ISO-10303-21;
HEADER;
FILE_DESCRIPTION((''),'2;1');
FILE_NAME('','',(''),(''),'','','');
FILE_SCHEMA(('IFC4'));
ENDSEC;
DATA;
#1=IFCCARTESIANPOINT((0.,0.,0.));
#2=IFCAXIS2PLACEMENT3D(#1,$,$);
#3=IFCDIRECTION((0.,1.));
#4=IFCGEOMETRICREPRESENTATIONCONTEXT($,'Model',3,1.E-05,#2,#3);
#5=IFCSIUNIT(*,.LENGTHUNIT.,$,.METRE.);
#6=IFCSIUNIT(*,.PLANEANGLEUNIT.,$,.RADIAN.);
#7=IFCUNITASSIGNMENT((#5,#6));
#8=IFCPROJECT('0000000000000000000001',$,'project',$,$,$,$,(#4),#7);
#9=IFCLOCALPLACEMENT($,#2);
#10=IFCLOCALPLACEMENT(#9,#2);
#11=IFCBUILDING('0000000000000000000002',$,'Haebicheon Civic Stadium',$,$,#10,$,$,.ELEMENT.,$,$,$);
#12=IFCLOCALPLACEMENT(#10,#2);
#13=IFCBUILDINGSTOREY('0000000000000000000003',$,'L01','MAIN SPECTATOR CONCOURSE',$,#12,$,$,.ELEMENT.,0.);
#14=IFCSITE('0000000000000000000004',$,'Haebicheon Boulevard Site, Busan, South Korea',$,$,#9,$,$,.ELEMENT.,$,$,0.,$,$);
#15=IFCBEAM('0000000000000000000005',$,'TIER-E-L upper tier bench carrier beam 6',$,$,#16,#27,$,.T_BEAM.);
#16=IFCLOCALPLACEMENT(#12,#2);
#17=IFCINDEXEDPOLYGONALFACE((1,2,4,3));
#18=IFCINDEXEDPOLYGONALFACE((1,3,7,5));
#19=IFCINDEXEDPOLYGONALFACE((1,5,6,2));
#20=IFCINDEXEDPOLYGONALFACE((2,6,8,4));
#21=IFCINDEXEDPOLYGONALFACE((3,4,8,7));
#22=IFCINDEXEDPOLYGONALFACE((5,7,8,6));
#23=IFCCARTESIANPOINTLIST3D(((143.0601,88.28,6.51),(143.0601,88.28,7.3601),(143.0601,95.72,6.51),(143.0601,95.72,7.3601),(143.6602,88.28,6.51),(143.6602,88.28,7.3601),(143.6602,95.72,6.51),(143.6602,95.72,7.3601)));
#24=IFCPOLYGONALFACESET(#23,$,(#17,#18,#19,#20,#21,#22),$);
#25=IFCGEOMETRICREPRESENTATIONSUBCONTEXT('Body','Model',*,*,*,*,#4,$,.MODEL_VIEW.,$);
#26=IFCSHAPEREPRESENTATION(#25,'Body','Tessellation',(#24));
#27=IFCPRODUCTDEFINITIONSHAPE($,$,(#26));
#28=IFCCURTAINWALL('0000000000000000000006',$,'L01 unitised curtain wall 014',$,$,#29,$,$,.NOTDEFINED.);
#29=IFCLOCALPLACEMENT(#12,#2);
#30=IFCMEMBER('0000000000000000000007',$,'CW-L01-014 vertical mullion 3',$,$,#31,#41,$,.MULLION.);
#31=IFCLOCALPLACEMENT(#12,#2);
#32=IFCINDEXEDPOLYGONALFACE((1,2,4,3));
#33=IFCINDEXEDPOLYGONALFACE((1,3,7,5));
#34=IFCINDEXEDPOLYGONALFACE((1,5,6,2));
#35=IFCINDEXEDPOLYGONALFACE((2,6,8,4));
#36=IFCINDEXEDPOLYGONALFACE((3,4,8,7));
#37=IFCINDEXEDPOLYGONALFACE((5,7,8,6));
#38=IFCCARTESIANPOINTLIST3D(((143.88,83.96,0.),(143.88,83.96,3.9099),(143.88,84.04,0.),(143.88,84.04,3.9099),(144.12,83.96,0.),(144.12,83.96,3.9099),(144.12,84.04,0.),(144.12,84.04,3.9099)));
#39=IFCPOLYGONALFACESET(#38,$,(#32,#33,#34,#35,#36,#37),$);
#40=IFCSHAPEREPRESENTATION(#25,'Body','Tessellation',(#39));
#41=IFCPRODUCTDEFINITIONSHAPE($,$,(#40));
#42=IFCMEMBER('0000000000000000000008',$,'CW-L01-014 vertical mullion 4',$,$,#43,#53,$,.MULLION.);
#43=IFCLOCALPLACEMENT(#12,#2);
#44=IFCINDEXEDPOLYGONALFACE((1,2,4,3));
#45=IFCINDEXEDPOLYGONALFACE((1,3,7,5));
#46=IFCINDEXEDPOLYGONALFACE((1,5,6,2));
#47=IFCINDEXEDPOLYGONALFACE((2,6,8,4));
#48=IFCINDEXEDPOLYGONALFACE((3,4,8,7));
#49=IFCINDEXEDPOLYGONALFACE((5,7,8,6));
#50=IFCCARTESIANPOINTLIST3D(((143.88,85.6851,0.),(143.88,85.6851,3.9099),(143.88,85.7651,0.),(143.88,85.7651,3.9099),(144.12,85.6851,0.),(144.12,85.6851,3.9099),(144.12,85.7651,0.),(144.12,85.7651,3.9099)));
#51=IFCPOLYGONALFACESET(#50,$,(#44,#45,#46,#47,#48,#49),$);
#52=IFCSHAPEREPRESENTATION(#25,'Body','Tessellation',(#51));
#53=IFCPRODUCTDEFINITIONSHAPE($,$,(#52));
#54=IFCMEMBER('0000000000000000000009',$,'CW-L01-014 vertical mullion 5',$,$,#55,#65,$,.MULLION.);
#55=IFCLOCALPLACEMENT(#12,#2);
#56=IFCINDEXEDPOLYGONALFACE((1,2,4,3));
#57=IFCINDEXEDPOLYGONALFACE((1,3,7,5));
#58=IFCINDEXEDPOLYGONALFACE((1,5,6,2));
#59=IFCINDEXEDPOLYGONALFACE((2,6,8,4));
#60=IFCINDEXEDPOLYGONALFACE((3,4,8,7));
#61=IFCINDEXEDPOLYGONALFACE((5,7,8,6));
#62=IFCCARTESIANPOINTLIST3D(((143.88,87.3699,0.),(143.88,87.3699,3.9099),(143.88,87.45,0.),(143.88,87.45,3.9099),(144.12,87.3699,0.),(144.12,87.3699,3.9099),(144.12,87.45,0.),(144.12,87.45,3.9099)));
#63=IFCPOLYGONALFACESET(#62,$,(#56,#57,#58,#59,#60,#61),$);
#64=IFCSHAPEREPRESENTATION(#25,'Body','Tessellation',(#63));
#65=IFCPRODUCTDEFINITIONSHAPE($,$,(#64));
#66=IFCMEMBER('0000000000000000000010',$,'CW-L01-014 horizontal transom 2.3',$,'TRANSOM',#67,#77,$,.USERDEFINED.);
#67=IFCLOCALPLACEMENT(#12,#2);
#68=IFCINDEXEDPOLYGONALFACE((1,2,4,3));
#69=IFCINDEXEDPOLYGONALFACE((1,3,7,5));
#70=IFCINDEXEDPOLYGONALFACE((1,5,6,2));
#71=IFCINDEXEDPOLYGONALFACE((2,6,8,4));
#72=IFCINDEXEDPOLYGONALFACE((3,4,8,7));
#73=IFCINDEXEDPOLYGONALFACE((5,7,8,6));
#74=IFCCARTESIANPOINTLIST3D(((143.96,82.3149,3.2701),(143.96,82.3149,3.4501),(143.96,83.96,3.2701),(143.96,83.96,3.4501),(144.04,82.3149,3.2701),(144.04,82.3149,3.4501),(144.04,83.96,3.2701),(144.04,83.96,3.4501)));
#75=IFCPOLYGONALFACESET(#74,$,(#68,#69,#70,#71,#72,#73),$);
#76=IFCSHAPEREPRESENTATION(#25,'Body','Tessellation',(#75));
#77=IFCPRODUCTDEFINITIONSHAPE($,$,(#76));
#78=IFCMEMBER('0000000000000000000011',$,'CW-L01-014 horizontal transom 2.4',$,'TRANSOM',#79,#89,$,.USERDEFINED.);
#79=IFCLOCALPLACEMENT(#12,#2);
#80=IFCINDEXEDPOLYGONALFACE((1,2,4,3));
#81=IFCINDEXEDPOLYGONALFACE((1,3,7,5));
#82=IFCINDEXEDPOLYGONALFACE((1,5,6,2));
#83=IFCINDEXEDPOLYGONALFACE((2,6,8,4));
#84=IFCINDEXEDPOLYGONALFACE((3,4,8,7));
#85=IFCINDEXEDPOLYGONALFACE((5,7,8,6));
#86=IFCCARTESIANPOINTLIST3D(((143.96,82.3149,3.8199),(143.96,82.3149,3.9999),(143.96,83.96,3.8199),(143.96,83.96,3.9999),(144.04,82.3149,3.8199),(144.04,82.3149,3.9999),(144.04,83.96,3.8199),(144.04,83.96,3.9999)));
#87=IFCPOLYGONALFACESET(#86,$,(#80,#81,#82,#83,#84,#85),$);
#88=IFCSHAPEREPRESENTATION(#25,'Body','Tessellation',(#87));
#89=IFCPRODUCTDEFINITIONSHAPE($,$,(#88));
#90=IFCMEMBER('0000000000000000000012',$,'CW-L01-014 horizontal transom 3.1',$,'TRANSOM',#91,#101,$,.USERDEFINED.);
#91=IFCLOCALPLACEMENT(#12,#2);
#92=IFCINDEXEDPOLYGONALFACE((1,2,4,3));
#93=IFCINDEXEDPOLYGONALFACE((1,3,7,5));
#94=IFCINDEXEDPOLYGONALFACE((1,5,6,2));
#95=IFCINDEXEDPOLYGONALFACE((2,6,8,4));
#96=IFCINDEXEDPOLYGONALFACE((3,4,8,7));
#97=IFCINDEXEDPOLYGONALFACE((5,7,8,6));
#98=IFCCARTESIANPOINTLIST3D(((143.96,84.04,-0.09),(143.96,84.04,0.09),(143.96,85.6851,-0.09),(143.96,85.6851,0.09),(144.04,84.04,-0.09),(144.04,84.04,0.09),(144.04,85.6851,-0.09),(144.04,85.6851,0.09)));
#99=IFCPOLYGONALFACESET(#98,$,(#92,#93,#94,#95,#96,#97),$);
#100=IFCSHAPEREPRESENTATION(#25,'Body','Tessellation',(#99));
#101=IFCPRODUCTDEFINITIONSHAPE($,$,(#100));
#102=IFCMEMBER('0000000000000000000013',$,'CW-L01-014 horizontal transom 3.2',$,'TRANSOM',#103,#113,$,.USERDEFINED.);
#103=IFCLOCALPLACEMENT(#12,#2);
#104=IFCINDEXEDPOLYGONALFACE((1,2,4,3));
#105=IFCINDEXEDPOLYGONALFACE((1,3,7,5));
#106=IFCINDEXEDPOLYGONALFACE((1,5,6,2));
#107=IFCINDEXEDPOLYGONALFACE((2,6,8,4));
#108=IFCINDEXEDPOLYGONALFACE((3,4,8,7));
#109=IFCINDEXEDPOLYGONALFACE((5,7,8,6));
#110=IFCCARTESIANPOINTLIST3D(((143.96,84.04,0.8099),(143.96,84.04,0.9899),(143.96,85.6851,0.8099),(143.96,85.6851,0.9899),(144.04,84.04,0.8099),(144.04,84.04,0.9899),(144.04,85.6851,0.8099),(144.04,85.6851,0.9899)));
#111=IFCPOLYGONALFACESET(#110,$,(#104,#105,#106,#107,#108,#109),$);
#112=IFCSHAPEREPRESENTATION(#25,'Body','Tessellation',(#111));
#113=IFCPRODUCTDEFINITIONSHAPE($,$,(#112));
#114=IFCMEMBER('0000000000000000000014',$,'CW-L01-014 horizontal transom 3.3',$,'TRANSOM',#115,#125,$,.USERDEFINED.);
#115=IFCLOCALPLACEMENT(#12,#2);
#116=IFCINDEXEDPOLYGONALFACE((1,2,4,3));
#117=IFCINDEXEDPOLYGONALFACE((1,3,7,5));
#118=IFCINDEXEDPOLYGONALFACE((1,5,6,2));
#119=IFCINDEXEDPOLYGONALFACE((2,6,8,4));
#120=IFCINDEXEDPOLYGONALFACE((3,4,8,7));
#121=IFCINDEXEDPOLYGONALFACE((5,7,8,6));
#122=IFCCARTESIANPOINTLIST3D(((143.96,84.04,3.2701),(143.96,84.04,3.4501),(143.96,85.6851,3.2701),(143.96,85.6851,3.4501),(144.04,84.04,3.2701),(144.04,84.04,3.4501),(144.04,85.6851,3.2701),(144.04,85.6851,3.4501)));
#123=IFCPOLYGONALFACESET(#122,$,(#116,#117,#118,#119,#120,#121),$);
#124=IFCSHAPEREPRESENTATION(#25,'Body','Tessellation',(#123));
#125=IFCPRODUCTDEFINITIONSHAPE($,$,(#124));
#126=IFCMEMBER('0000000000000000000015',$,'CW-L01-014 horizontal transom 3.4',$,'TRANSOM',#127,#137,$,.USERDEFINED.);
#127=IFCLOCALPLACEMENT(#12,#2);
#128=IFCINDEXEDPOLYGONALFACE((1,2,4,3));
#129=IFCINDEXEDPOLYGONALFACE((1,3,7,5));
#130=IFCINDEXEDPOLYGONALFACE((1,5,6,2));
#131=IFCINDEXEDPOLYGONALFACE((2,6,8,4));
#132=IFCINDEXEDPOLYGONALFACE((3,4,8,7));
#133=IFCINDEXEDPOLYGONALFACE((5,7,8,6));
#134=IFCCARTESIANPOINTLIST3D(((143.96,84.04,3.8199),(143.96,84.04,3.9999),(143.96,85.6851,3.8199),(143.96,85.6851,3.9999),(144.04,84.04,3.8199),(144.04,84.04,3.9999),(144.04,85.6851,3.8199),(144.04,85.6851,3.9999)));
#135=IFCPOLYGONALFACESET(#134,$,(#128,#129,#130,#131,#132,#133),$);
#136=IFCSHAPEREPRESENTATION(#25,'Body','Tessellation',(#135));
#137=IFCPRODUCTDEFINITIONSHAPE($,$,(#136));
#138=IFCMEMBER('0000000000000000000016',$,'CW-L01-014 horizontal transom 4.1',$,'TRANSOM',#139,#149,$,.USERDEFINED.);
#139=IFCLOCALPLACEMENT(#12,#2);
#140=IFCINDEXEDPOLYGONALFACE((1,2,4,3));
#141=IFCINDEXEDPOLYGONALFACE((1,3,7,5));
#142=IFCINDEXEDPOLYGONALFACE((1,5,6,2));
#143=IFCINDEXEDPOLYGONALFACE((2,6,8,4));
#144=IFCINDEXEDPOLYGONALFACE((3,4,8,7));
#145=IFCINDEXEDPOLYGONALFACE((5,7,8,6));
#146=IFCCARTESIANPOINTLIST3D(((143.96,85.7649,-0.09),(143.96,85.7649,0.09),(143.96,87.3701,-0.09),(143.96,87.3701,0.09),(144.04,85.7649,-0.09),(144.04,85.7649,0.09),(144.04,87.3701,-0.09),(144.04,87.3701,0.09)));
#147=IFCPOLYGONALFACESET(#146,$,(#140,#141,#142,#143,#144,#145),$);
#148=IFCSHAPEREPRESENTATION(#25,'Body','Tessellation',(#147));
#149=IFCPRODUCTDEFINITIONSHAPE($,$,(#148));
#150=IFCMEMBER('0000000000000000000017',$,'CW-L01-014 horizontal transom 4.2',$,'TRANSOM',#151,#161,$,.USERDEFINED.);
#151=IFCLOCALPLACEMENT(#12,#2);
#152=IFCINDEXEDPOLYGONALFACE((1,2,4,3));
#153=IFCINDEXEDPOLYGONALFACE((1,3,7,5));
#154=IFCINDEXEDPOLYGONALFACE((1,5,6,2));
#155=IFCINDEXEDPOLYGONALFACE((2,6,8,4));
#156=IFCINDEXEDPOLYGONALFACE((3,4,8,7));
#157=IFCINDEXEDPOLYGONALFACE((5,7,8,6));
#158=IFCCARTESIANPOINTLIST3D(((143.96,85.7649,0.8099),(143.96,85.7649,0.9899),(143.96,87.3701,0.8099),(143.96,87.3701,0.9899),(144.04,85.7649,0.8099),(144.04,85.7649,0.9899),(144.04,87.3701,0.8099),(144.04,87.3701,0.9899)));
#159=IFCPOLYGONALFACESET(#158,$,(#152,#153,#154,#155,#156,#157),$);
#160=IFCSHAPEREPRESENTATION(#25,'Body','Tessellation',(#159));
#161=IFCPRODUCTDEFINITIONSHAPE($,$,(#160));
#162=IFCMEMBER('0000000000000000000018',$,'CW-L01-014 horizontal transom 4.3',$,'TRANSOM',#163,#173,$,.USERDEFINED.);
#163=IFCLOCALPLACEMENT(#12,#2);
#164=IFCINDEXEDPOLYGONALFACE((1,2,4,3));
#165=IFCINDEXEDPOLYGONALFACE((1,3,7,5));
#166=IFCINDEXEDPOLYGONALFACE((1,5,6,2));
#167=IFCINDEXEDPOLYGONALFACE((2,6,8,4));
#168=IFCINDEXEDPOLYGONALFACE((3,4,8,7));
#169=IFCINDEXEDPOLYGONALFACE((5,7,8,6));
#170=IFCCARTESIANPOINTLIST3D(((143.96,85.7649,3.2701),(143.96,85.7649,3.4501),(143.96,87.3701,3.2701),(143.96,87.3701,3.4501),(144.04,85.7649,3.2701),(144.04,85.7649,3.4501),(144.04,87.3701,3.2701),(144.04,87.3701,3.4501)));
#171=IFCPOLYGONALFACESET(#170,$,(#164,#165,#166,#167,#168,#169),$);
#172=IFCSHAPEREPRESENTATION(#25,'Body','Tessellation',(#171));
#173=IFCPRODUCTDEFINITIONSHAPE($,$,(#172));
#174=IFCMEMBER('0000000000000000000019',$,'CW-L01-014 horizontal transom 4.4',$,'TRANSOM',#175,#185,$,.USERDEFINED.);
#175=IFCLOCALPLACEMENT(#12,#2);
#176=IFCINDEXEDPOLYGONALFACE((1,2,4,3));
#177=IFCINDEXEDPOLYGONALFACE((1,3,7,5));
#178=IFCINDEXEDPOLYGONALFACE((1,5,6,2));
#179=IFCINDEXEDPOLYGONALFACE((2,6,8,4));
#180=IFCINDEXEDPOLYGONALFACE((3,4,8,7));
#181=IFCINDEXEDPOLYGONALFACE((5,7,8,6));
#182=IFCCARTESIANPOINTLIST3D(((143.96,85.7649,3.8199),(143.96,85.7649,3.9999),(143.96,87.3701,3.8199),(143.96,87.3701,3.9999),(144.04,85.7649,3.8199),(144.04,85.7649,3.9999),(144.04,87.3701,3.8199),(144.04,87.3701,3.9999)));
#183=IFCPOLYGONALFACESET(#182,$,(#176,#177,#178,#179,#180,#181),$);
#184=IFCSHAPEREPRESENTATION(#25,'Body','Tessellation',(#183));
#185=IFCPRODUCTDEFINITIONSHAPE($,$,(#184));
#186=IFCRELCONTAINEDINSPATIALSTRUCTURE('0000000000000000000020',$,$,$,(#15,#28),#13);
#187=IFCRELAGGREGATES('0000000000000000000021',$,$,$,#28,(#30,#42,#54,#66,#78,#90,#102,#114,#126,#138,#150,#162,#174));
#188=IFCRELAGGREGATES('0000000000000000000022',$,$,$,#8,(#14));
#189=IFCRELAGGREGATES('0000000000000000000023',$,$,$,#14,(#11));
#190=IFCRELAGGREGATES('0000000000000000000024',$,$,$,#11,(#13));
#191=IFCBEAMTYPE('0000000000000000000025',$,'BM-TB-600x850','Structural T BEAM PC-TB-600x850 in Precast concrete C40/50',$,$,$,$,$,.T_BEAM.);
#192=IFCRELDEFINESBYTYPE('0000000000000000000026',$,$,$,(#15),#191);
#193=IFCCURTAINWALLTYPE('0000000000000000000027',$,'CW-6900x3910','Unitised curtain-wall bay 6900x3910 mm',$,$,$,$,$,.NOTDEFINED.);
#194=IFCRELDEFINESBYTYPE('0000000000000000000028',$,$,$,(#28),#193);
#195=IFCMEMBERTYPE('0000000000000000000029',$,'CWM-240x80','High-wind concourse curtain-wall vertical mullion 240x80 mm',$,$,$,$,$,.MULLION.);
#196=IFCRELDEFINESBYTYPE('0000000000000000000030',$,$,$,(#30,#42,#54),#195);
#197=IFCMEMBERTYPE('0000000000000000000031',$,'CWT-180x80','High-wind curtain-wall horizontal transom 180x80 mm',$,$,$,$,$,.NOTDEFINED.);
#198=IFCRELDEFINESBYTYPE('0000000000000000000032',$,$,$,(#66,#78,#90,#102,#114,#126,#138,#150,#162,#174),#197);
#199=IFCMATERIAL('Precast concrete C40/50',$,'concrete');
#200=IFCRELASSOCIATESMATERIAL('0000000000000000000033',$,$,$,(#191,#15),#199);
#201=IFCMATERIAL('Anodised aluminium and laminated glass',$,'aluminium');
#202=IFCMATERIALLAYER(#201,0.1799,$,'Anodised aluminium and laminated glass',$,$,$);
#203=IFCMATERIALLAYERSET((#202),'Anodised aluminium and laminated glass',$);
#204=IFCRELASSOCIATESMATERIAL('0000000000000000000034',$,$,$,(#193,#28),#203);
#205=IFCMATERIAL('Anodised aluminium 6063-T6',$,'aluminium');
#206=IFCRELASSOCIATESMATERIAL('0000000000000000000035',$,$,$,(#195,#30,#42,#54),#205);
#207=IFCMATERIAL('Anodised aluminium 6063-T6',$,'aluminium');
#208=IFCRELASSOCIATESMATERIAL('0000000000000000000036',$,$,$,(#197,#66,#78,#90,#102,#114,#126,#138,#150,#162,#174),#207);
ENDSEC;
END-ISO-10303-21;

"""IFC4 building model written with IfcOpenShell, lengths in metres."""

from ifc_helpers import new_model, si_unit, direction, frame, origin, origin_2d, place, context, subcontext, project, spatial, rectangle, extrude, material, layer, layer_set, material_profile, profile_set, type_object, element, aggregate, save


model = new_model("IFC4")

# Units and contexts
model_context = context("Model", 3, precision=1e-05, world=origin(), true_north=direction((0.0, 1.0)))
body_context = subcontext(model_context, "Body", "Model", "MODEL_VIEW")
ifc_project = project(units=[si_unit("LENGTHUNIT", "METRE"), si_unit("PLANEANGLEUNIT", "RADIAN")], contexts=[model_context])

# Site, building, storey
site_placement = place(None, origin())
site = spatial("IfcSite", under=ifc_project, at=site_placement, Name="Haebicheon Boulevard Site, Busan, South Korea", CompositionType="ELEMENT", RefElevation=0.0)
building_placement = place(site_placement, origin())
building = spatial("IfcBuilding", under=site, at=building_placement, Name="Haebicheon Civic Stadium", CompositionType="ELEMENT")
storey_placement = place(building_placement, origin())
storey = spatial("IfcBuildingStorey", under=building, at=storey_placement, Name="L01", Description="MAIN SPECTATOR CONCOURSE", CompositionType="ELEMENT", Elevation=0.0)

# Beam
ifc_material_1 = material(Name="Precast concrete C40/50", Category="concrete")
ifc_material_profile_1 = material_profile(ifc_material_1, rectangle(XDim=0.6001, YDim=0.8501, at=origin_2d()), Name="PC-TB-600x850")
ifc_profile_set_1 = profile_set([ifc_material_profile_1], Name="Precast concrete C40/50")
beam_type_1 = type_object("IfcBeamType", Name="BM-TB-600x850", Description="Structural T BEAM PC-TB-600x850 in Precast concrete C40/50", PredefinedType="T_BEAM", material=ifc_profile_set_1)
beam_1_placement = place(storey_placement, frame((143.3601, 88.28, 6.9351), z_axis=(0.0, 1.0, 0.0), x_axis=(-1.0, 0.0, 0.0)))
element("IfcBeam", 1, at=beam_1_placement, inside=storey, type_object=beam_type_1, material=ifc_profile_set_1, Name="TIER-E-L upper tier bench carrier beam 6", PredefinedType="T_BEAM", context=body_context, shape_type="SweptSolid", body=[
    extrude(rectangle(XDim=0.6001, YDim=0.8501, at=origin_2d()), origin(), (0.0, 0.0, 1.0), 7.4399),
])

# Curtain wall, members
ifc_material_2 = material(Name="Anodised aluminium and laminated glass", Category="aluminium")
ifc_layer_1 = layer(ifc_material_2, 0.1799, Name="Anodised aluminium and laminated glass")
ifc_layer_set_1 = layer_set([ifc_layer_1], Name="Anodised aluminium and laminated glass")
curtain_wall_type = type_object("IfcCurtainWallType", Name="CW-6900x3910", Description="Unitised curtain-wall bay 6900x3910 mm", PredefinedType="NOTDEFINED", material=ifc_layer_set_1)
curtain_wall_placement = place(storey_placement, origin())
curtain_wall = element("IfcCurtainWall", 2, at=curtain_wall_placement, inside=storey, type_object=curtain_wall_type, material=ifc_layer_set_1, Name="L01 unitised curtain wall 014", PredefinedType="NOTDEFINED")
ifc_material_3 = material(Name="Anodised aluminium 6063-T6", Category="aluminium")
ifc_material_profile_2 = material_profile(ifc_material_3, rectangle(XDim=0.0801, YDim=0.24, at=origin_2d()), Name="ALU-MULL-80x240")
ifc_profile_set_2 = profile_set([ifc_material_profile_2], Name="Anodised aluminium 6063-T6")
member_type_1 = type_object("IfcMemberType", Name="CWM-240x80", Description="High-wind concourse curtain-wall vertical mullion 240x80 mm", PredefinedType="MULLION", material=ifc_profile_set_2)
member_1_placement = place(storey_placement, frame((144.0, 84.0, 0.0), z_axis=(0.0, 0.0, 1.0), x_axis=(0.0, 1.0, 0.0)))
member_1 = element("IfcMember", 3, at=member_1_placement, type_object=member_type_1, material=ifc_profile_set_2, Name="CW-L01-014 vertical mullion 3", PredefinedType="MULLION", context=body_context, shape_type="SweptSolid", body=[
    extrude(rectangle(XDim=0.0801, YDim=0.24, at=origin_2d()), origin(), (0.0, 0.0, 1.0), 3.9099),
])
member_2_placement = place(storey_placement, frame((144.0, 85.7251, 0.0), z_axis=(0.0, 0.0, 1.0), x_axis=(0.0, 1.0, 0.0)))
member_2 = element("IfcMember", 4, at=member_2_placement, type_object=member_type_1, material=ifc_profile_set_2, Name="CW-L01-014 vertical mullion 4", PredefinedType="MULLION", context=body_context, shape_type="SweptSolid", body=[
    extrude(rectangle(XDim=0.0801, YDim=0.24, at=origin_2d()), origin(), (0.0, 0.0, 1.0), 3.9099),
])
member_3_placement = place(storey_placement, frame((144.0, 87.4099, 0.0), z_axis=(0.0, 0.0, 1.0), x_axis=(0.0, 1.0, 0.0)))
member_3 = element("IfcMember", 5, at=member_3_placement, type_object=member_type_1, material=ifc_profile_set_2, Name="CW-L01-014 vertical mullion 5", PredefinedType="MULLION", context=body_context, shape_type="SweptSolid", body=[
    extrude(rectangle(XDim=0.0801, YDim=0.24, at=origin_2d()), origin(), (0.0, 0.0, 1.0), 3.9099),
])
ifc_material_4 = material(Name="Anodised aluminium 6063-T6", Category="aluminium")
ifc_material_profile_3 = material_profile(ifc_material_4, rectangle(XDim=0.0801, YDim=0.1799, at=origin_2d()), Name="ALU-TRAN-80x180")
ifc_profile_set_3 = profile_set([ifc_material_profile_3], Name="Anodised aluminium 6063-T6")
member_type_2 = type_object("IfcMemberType", Name="CWT-180x80", Description="High-wind curtain-wall horizontal transom 180x80 mm", PredefinedType="NOTDEFINED", material=ifc_profile_set_3)
member_4_placement = place(storey_placement, frame((144.0, 82.3149, 3.3601), z_axis=(0.0, 1.0, 0.0), x_axis=(-1.0, 0.0, 0.0)))
member_4 = element("IfcMember", 6, at=member_4_placement, type_object=member_type_2, material=ifc_profile_set_3, Name="CW-L01-014 horizontal transom 2.3", ObjectType="TRANSOM", PredefinedType="USERDEFINED", context=body_context, shape_type="SweptSolid", body=[
    extrude(rectangle(XDim=0.0801, YDim=0.1799, at=origin_2d()), origin(), (0.0, 0.0, 1.0), 1.645),
])
member_5_placement = place(storey_placement, frame((144.0, 82.3149, 3.9099), z_axis=(0.0, 1.0, 0.0), x_axis=(-1.0, 0.0, 0.0)))
member_5 = element("IfcMember", 7, at=member_5_placement, type_object=member_type_2, material=ifc_profile_set_3, Name="CW-L01-014 horizontal transom 2.4", ObjectType="TRANSOM", PredefinedType="USERDEFINED", context=body_context, shape_type="SweptSolid", body=[
    extrude(rectangle(XDim=0.0801, YDim=0.1799, at=origin_2d()), origin(), (0.0, 0.0, 1.0), 1.645),
])
member_6_placement = place(storey_placement, frame((144.0, 84.04, 0.0), z_axis=(0.0, 1.0, 0.0), x_axis=(-1.0, 0.0, 0.0)))
member_6 = element("IfcMember", 8, at=member_6_placement, type_object=member_type_2, material=ifc_profile_set_3, Name="CW-L01-014 horizontal transom 3.1", ObjectType="TRANSOM", PredefinedType="USERDEFINED", context=body_context, shape_type="SweptSolid", body=[
    extrude(rectangle(XDim=0.0801, YDim=0.1799, at=origin_2d()), origin(), (0.0, 0.0, 1.0), 1.645),
])
member_7_placement = place(storey_placement, frame((144.0, 84.04, 0.8999), z_axis=(0.0, 1.0, 0.0), x_axis=(-1.0, 0.0, 0.0)))
member_7 = element("IfcMember", 9, at=member_7_placement, type_object=member_type_2, material=ifc_profile_set_3, Name="CW-L01-014 horizontal transom 3.2", ObjectType="TRANSOM", PredefinedType="USERDEFINED", context=body_context, shape_type="SweptSolid", body=[
    extrude(rectangle(XDim=0.0801, YDim=0.1799, at=origin_2d()), origin(), (0.0, 0.0, 1.0), 1.645),
])
member_8_placement = place(storey_placement, frame((144.0, 84.04, 3.3601), z_axis=(0.0, 1.0, 0.0), x_axis=(-1.0, 0.0, 0.0)))
member_8 = element("IfcMember", 10, at=member_8_placement, type_object=member_type_2, material=ifc_profile_set_3, Name="CW-L01-014 horizontal transom 3.3", ObjectType="TRANSOM", PredefinedType="USERDEFINED", context=body_context, shape_type="SweptSolid", body=[
    extrude(rectangle(XDim=0.0801, YDim=0.1799, at=origin_2d()), origin(), (0.0, 0.0, 1.0), 1.645),
])
member_9_placement = place(storey_placement, frame((144.0, 84.04, 3.9099), z_axis=(0.0, 1.0, 0.0), x_axis=(-1.0, 0.0, 0.0)))
member_9 = element("IfcMember", 11, at=member_9_placement, type_object=member_type_2, material=ifc_profile_set_3, Name="CW-L01-014 horizontal transom 3.4", ObjectType="TRANSOM", PredefinedType="USERDEFINED", context=body_context, shape_type="SweptSolid", body=[
    extrude(rectangle(XDim=0.0801, YDim=0.1799, at=origin_2d()), origin(), (0.0, 0.0, 1.0), 1.645),
])
member_10_placement = place(storey_placement, frame((144.0, 85.7649, 0.0), z_axis=(0.0, 1.0, 0.0), x_axis=(-1.0, 0.0, 0.0)))
member_10 = element("IfcMember", 12, at=member_10_placement, type_object=member_type_2, material=ifc_profile_set_3, Name="CW-L01-014 horizontal transom 4.1", ObjectType="TRANSOM", PredefinedType="USERDEFINED", context=body_context, shape_type="SweptSolid", body=[
    extrude(rectangle(XDim=0.0801, YDim=0.1799, at=origin_2d()), origin(), (0.0, 0.0, 1.0), 1.6052),
])
member_11_placement = place(storey_placement, frame((144.0, 85.7649, 0.8999), z_axis=(0.0, 1.0, 0.0), x_axis=(-1.0, 0.0, 0.0)))
member_11 = element("IfcMember", 13, at=member_11_placement, type_object=member_type_2, material=ifc_profile_set_3, Name="CW-L01-014 horizontal transom 4.2", ObjectType="TRANSOM", PredefinedType="USERDEFINED", context=body_context, shape_type="SweptSolid", body=[
    extrude(rectangle(XDim=0.0801, YDim=0.1799, at=origin_2d()), origin(), (0.0, 0.0, 1.0), 1.6052),
])
member_12_placement = place(storey_placement, frame((144.0, 85.7649, 3.3601), z_axis=(0.0, 1.0, 0.0), x_axis=(-1.0, 0.0, 0.0)))
member_12 = element("IfcMember", 14, at=member_12_placement, type_object=member_type_2, material=ifc_profile_set_3, Name="CW-L01-014 horizontal transom 4.3", ObjectType="TRANSOM", PredefinedType="USERDEFINED", context=body_context, shape_type="SweptSolid", body=[
    extrude(rectangle(XDim=0.0801, YDim=0.1799, at=origin_2d()), origin(), (0.0, 0.0, 1.0), 1.6052),
])
member_13_placement = place(storey_placement, frame((144.0, 85.7649, 3.9099), z_axis=(0.0, 1.0, 0.0), x_axis=(-1.0, 0.0, 0.0)))
member_13 = element("IfcMember", 15, at=member_13_placement, type_object=member_type_2, material=ifc_profile_set_3, Name="CW-L01-014 horizontal transom 4.4", ObjectType="TRANSOM", PredefinedType="USERDEFINED", context=body_context, shape_type="SweptSolid", body=[
    extrude(rectangle(XDim=0.0801, YDim=0.1799, at=origin_2d()), origin(), (0.0, 0.0, 1.0), 1.6052),
])

aggregate(curtain_wall, [member_1, member_2, member_3, member_4, member_5, member_6, member_7, member_8, member_9, member_10, member_11, member_12, member_13])

save(model, "model.ifc")
